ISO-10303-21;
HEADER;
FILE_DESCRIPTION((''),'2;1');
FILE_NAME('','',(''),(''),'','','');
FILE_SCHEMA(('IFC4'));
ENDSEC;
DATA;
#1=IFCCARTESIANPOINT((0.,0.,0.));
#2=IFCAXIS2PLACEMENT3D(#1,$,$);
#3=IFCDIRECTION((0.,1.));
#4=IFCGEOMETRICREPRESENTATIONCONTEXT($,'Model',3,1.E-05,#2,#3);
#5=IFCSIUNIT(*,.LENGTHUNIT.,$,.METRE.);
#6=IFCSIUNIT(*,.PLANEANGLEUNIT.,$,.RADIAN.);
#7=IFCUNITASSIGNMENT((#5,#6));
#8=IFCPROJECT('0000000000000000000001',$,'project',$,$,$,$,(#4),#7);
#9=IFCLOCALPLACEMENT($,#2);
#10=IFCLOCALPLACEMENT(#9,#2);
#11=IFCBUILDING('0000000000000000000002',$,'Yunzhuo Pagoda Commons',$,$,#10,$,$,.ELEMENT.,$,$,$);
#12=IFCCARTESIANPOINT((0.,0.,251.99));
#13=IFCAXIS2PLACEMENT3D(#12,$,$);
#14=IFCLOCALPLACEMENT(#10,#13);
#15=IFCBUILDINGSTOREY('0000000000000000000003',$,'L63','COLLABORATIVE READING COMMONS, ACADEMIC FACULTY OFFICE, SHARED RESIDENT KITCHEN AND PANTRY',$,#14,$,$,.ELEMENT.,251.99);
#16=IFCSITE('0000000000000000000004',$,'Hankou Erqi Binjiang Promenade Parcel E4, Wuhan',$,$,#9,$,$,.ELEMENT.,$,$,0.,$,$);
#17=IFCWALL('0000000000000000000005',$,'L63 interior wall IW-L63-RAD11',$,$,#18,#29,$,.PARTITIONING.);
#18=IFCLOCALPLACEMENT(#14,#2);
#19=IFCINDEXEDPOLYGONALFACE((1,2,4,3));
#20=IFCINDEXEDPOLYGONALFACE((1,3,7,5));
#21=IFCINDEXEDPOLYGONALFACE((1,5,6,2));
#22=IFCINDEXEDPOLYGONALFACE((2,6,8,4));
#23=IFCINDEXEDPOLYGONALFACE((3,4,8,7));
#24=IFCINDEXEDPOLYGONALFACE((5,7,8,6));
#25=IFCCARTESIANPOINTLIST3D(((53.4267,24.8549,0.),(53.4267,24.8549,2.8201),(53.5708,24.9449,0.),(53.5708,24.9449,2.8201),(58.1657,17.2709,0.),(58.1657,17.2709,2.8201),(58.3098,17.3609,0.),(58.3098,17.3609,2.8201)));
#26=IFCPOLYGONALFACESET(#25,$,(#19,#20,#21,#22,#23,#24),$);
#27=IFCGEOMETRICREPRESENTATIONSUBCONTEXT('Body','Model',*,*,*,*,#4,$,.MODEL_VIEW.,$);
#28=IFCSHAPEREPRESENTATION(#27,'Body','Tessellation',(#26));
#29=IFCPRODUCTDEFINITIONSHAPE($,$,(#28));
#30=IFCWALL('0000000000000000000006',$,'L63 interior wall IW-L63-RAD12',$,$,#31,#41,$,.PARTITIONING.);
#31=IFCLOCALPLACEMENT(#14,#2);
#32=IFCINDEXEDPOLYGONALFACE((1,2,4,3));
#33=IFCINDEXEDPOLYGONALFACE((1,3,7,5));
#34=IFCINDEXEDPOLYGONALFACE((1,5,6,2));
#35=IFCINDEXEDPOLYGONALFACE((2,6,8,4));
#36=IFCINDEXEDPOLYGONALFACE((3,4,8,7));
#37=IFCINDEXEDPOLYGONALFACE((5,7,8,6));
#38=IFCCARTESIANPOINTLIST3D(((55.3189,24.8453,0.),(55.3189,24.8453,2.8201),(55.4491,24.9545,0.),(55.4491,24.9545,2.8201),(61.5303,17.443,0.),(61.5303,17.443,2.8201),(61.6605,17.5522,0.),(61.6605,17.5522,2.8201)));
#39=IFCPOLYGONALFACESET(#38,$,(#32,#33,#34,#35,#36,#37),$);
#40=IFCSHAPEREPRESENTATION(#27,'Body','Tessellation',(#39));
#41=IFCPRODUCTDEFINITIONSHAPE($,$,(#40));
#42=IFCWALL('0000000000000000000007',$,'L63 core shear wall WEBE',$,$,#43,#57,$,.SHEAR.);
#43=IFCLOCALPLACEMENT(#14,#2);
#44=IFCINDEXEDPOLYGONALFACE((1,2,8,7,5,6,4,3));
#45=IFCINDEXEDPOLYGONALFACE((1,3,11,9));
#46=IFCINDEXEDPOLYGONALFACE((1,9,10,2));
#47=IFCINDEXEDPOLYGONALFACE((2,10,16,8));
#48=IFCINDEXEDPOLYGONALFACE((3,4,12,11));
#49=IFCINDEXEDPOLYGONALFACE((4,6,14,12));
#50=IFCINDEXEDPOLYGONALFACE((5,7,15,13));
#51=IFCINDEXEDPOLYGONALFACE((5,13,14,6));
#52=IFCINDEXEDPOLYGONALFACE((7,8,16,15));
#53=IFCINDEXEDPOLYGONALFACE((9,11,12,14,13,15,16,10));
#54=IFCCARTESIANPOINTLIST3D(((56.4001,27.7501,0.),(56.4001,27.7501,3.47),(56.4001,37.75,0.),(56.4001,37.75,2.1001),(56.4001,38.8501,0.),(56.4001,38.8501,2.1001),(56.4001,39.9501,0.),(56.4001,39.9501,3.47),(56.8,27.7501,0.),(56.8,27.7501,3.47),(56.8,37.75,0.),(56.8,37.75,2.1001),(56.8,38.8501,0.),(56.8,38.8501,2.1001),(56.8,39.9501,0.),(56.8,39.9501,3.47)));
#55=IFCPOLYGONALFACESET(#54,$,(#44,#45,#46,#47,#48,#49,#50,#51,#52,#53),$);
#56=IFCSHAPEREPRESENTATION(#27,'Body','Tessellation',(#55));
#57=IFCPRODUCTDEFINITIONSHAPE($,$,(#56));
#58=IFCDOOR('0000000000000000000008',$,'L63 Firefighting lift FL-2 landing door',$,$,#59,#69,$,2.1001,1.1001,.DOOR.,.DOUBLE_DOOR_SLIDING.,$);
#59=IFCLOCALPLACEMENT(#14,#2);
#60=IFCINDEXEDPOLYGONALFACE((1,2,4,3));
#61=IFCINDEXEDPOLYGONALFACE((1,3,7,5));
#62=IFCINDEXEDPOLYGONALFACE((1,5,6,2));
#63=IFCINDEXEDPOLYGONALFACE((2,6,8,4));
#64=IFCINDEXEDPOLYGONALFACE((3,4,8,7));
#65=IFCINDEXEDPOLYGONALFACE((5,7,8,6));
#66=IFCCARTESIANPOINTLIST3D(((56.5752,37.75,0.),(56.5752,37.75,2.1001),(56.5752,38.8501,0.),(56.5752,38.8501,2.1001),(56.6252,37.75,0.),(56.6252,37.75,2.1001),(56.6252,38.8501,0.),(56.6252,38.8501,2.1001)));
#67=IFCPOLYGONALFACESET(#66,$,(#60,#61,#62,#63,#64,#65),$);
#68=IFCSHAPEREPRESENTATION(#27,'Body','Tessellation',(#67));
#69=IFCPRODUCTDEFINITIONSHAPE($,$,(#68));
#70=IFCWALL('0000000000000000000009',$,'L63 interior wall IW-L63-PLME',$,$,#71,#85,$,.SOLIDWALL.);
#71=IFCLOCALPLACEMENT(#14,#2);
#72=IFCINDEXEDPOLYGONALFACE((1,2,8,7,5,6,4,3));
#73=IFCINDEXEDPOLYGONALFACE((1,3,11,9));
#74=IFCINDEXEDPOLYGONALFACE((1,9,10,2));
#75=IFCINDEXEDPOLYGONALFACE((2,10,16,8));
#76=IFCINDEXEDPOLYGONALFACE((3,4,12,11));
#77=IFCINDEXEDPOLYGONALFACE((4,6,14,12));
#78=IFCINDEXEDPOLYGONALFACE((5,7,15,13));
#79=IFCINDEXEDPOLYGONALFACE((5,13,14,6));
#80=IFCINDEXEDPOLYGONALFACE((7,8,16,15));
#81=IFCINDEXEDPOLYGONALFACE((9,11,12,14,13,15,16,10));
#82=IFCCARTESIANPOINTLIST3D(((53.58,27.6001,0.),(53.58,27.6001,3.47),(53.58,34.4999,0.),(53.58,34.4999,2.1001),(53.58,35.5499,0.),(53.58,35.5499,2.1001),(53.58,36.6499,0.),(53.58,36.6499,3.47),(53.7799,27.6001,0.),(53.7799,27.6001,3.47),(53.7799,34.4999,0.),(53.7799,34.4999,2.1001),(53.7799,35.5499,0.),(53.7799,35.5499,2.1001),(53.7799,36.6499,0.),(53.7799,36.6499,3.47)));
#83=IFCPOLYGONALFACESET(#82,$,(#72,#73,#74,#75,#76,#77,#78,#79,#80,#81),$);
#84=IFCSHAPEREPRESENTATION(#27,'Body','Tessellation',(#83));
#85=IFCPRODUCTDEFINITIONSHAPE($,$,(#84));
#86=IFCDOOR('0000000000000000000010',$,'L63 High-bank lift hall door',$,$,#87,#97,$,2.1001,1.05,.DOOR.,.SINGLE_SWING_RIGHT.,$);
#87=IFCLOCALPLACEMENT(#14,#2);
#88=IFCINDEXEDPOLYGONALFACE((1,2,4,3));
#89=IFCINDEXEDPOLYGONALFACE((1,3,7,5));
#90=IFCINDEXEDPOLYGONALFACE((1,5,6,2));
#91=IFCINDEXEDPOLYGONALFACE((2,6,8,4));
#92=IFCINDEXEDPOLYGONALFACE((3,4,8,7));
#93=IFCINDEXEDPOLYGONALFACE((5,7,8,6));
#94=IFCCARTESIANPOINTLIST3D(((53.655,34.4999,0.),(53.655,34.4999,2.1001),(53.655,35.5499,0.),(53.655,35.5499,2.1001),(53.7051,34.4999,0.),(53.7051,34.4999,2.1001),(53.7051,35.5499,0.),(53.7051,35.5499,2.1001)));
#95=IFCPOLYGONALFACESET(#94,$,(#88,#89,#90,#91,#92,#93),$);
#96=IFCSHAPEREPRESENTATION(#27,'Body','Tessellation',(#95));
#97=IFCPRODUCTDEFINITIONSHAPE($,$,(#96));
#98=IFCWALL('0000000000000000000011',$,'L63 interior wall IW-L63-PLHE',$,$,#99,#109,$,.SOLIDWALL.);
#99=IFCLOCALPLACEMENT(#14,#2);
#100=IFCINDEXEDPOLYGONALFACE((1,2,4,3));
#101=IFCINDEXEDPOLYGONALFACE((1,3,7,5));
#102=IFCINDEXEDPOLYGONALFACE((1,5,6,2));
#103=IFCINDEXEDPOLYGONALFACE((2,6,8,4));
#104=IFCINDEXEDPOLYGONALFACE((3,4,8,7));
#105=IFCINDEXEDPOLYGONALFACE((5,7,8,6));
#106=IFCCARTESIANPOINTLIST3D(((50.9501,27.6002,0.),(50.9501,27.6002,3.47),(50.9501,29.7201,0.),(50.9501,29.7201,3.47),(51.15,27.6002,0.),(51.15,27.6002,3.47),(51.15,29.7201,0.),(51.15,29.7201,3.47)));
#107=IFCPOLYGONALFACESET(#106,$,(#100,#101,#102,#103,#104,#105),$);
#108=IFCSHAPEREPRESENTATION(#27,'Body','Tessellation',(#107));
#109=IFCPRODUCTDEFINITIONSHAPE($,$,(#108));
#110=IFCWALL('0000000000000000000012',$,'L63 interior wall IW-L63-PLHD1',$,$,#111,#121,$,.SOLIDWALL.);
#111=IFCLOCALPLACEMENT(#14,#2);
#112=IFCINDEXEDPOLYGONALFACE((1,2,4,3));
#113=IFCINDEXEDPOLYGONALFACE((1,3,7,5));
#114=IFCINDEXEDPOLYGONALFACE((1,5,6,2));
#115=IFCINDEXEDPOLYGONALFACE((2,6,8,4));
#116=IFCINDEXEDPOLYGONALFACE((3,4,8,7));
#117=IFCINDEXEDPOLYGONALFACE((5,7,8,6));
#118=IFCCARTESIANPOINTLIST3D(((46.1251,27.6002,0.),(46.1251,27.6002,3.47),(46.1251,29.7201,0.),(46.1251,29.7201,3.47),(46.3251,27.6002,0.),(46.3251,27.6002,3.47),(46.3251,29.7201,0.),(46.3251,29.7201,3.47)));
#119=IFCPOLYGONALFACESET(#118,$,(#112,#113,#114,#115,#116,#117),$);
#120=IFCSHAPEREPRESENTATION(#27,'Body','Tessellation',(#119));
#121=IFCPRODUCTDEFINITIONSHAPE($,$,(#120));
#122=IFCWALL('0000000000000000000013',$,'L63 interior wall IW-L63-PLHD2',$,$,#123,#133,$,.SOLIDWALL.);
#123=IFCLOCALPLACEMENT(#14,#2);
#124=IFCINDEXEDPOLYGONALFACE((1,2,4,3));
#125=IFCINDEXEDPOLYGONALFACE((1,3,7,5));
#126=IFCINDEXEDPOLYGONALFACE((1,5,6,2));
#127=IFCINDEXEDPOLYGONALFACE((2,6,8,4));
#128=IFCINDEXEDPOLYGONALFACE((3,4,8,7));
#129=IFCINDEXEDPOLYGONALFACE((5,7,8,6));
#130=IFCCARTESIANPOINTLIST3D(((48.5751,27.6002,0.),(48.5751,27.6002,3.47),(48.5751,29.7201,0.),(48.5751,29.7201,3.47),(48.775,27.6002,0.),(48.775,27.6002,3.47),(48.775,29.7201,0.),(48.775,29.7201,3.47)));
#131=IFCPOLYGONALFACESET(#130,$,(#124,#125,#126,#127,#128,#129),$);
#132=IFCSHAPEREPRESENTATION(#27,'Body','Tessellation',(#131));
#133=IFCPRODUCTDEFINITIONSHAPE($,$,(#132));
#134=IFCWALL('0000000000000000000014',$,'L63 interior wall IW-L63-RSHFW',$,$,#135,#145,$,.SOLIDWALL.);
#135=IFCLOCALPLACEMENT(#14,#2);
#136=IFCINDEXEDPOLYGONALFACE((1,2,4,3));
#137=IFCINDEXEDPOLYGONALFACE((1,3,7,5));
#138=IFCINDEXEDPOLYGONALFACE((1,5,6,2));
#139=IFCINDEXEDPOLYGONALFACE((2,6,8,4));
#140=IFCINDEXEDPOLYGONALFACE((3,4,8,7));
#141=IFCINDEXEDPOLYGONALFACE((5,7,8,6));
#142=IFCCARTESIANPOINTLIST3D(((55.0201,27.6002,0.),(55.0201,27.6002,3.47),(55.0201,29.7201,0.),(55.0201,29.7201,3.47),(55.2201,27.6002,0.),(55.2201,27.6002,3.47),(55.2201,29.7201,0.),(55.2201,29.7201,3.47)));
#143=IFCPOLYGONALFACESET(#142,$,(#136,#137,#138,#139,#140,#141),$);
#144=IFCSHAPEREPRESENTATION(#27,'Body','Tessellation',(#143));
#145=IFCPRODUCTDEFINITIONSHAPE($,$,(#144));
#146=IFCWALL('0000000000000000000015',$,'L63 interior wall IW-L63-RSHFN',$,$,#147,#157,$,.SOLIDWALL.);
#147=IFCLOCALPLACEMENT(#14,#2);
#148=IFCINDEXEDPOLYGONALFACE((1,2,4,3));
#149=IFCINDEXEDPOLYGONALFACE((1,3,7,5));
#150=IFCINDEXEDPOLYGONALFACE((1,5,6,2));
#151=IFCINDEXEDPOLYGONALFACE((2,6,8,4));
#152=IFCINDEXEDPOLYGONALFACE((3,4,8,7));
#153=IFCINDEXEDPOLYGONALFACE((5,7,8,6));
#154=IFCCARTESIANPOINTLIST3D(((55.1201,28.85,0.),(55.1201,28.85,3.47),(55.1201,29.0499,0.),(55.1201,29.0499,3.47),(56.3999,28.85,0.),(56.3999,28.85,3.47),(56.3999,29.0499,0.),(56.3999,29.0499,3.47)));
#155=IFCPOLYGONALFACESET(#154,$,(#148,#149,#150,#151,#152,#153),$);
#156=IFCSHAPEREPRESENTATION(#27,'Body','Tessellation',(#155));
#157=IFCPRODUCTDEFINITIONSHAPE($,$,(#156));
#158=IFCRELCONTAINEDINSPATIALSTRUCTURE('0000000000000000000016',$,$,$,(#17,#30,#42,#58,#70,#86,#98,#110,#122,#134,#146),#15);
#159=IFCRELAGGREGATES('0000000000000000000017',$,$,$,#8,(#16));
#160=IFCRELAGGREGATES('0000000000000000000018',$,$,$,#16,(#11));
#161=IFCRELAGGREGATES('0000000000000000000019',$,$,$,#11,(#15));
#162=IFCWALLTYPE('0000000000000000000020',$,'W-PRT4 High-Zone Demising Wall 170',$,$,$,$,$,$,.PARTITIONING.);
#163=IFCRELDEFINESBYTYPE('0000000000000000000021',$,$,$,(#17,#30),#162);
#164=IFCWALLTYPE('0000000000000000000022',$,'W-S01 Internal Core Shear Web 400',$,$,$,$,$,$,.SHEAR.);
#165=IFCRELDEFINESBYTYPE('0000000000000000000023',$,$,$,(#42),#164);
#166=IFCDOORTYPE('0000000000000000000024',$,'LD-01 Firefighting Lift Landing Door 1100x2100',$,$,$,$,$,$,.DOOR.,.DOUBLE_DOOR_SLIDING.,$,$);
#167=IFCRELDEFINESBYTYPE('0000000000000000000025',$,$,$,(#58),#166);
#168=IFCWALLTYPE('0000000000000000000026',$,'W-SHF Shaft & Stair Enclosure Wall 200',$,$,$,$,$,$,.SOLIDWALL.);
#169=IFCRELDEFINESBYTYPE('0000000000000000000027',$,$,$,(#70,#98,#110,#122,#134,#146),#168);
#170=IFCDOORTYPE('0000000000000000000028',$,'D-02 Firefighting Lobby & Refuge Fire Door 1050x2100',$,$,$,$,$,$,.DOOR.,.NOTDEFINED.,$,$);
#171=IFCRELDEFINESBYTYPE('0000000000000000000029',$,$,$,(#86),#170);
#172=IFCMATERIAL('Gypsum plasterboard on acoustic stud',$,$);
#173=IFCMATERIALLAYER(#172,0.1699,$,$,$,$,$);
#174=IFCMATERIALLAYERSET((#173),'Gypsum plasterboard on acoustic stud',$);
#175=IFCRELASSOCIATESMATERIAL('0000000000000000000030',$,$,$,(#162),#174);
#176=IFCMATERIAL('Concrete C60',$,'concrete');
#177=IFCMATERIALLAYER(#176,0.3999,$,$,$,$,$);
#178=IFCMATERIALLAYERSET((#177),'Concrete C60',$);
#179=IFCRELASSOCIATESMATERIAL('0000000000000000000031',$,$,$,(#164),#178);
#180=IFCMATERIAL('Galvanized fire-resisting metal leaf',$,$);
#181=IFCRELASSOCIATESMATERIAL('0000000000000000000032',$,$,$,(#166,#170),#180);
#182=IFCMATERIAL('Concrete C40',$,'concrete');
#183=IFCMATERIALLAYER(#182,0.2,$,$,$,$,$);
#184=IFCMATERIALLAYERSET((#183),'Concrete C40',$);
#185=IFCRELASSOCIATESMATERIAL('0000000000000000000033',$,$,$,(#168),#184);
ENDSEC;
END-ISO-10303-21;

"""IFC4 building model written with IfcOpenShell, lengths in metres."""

from ifc_helpers import new_model, si_unit, direction, frame, frame_2d, origin, origin_with_axes, place, context, subcontext, project, spatial, rectangle, extrude, source, transform, mapped, material, layer, layer_set, type_object, element, fill, save


model = new_model("IFC4")

# Units and contexts
model_context = context("Model", 3, precision=1e-05, world=origin(), true_north=direction((0.0, 1.0)))
body_context = subcontext(model_context, "Body", "Model", "MODEL_VIEW")
ifc_project = project(units=[si_unit("LENGTHUNIT", "METRE"), si_unit("PLANEANGLEUNIT", "RADIAN")], contexts=[model_context])

# Site, building, storey
site_placement = place(None, origin())
site = spatial("IfcSite", under=ifc_project, at=site_placement, Name="Hankou Erqi Binjiang Promenade Parcel E4, Wuhan", CompositionType="ELEMENT", RefElevation=0.0)
building_placement = place(site_placement, origin())
building = spatial("IfcBuilding", under=site, at=building_placement, Name="Yunzhuo Pagoda Commons", CompositionType="ELEMENT")
storey_placement = place(building_placement, frame((0.0, 0.0, 251.99)))
storey = spatial("IfcBuildingStorey", under=building, at=storey_placement, Name="L63", Description="COLLABORATIVE READING COMMONS, ACADEMIC FACULTY OFFICE, SHARED RESIDENT KITCHEN AND PANTRY", CompositionType="ELEMENT", Elevation=251.99)

# Shared definitions
ifc_material_1 = material(Name="Gypsum plasterboard on acoustic stud")
ifc_material_2 = material(Name="Galvanized fire-resisting metal leaf")

# Walls
ifc_layer_1 = layer(ifc_material_1, 0.1699)
ifc_layer_set_1 = layer_set([ifc_layer_1], Name="Gypsum plasterboard on acoustic stud")
wall_type_1 = type_object("IfcWallType", Name="W-PRT4 High-Zone Demising Wall 170", PredefinedType="PARTITIONING", material=ifc_layer_set_1)
wall_1_placement = place(storey_placement, frame((53.4988, 24.8999, 0.0), z_axis=(0.0, 0.0, 1.0), x_axis=(0.52992, -0.848047, 0.0)))
element("IfcWall", 1, at=wall_1_placement, inside=storey, type_object=wall_type_1, Name="L63 interior wall IW-L63-RAD11", PredefinedType="PARTITIONING", context=body_context, shape_type="SweptSolid", body=[
    extrude(rectangle(XDim=8.9429, YDim=0.1699, at=frame_2d((4.4714, 0.0))), origin(), (0.0, 0.0, 1.0), 2.8201),
])
wall_2_placement = place(storey_placement, frame((55.384, 24.8999, 0.0), z_axis=(0.0, 0.0, 1.0), x_axis=(0.642795, -0.766038, 0.0)))
element("IfcWall", 2, at=wall_2_placement, inside=storey, type_object=wall_type_1, Name="L63 interior wall IW-L63-RAD12", PredefinedType="PARTITIONING", context=body_context, shape_type="SweptSolid", body=[
    extrude(rectangle(XDim=9.6631, YDim=0.1699, at=frame_2d((4.8315, 0.0))), origin(), (0.0, 0.0, 1.0), 2.8201),
])

# Walls, openings, doors
ifc_material_3 = material(Name="Concrete C60", Category="concrete")
ifc_layer_2 = layer(ifc_material_3, 0.3999)
ifc_layer_set_2 = layer_set([ifc_layer_2], Name="Concrete C60")
wall_type_2 = type_object("IfcWallType", Name="W-S01 Internal Core Shear Web 400", PredefinedType="SHEAR", material=ifc_layer_set_2)
wall_3_placement = place(storey_placement, frame((56.6001, 27.75, 0.0), z_axis=(0.0, 0.0, 1.0), x_axis=(0.0, 1.0, 0.0)))
wall_3 = element("IfcWall", 3, at=wall_3_placement, inside=storey, type_object=wall_type_2, Name="L63 core shear wall WEBE", PredefinedType="SHEAR", context=body_context, shape_type="SweptSolid", body=[
    extrude(rectangle(XDim=12.2, YDim=0.3999, at=frame_2d((6.1001, 0.0))), origin(), (0.0, 0.0, 1.0), 3.47),
])
opening_1_placement = place(wall_3_placement, frame((10.0, 0.0, 0.0)))
opening_1 = element("IfcOpeningElement", 4, at=opening_1_placement, cuts=wall_3, PredefinedType="OPENING", context=body_context, shape_type="SweptSolid", body=[
    extrude(rectangle(XDim=1.1001, YDim=2.1001, at=frame_2d((0.55, 1.05))), frame((0.0, 0.21, 0.0), z_axis=(0.0, -1.0, 0.0), x_axis=(1.0, 0.0, 0.0)), (0.0, 0.0, 1.0), 0.4199),
])
door_type_1 = type_object("IfcDoorType", Name="LD-01 Firefighting Lift Landing Door 1100x2100", OperationType="DOUBLE_DOOR_SLIDING", PredefinedType="DOOR", material=ifc_material_2)
shared_shape_1 = source(origin(), body_context, "Body", "SweptSolid", [
    extrude(rectangle(XDim=1.1001, YDim=2.1001, at=frame_2d((0.55, 1.05))), frame((0.0, 0.0249, 0.0), z_axis=(0.0, -1.0, 0.0), x_axis=(1.0, 0.0, 0.0)), (0.0, 0.0, 1.0), 0.05),
])
door_1_placement = place(opening_1_placement, origin_with_axes())
door_1 = element("IfcDoor", 5, at=door_1_placement, inside=storey, type_object=door_type_1, Name="L63 Firefighting lift FL-2 landing door", OperationType="DOUBLE_DOOR_SLIDING", OverallHeight=2.1001, OverallWidth=1.1001, PredefinedType="DOOR", context=body_context, shape_type="MappedRepresentation", body=[
    mapped(shared_shape_1, transform((0.0, 0.0, 0.0), scale=1.0)),
])
fill(opening_1, door_1)
ifc_material_4 = material(Name="Concrete C40", Category="concrete")
ifc_layer_3 = layer(ifc_material_4, 0.2)
ifc_layer_set_3 = layer_set([ifc_layer_3], Name="Concrete C40")
wall_type_3 = type_object("IfcWallType", Name="W-SHF Shaft & Stair Enclosure Wall 200", PredefinedType="SOLIDWALL", material=ifc_layer_set_3)
wall_4_placement = place(storey_placement, frame((53.6799, 27.6001, 0.0), z_axis=(0.0, 0.0, 1.0), x_axis=(0.0, 1.0, 0.0)))
wall_4 = element("IfcWall", 6, at=wall_4_placement, inside=storey, type_object=wall_type_3, Name="L63 interior wall IW-L63-PLME", PredefinedType="SOLIDWALL", context=body_context, shape_type="SweptSolid", body=[
    extrude(rectangle(XDim=9.0498, YDim=0.2, at=frame_2d((4.5249, 0.0))), origin(), (0.0, 0.0, 1.0), 3.47),
])
opening_2_placement = place(wall_4_placement, frame((6.8999, 0.0, 0.0)))
opening_2 = element("IfcOpeningElement", 7, at=opening_2_placement, cuts=wall_4, PredefinedType="OPENING", context=body_context, shape_type="SweptSolid", body=[
    extrude(rectangle(XDim=1.05, YDim=2.1001, at=frame_2d((0.5249, 1.05))), frame((0.0, 0.1099, 0.0), z_axis=(0.0, -1.0, 0.0), x_axis=(1.0, 0.0, 0.0)), (0.0, 0.0, 1.0), 0.22),
])
door_type_2 = type_object("IfcDoorType", Name="D-02 Firefighting Lobby & Refuge Fire Door 1050x2100", OperationType="NOTDEFINED", PredefinedType="DOOR", material=ifc_material_2)
shared_shape_2 = source(origin(), body_context, "Body", "SweptSolid", [
    extrude(rectangle(XDim=1.05, YDim=2.1001, at=frame_2d((0.5249, 1.05))), frame((0.0, 0.0249, 0.0), z_axis=(0.0, -1.0, 0.0), x_axis=(1.0, 0.0, 0.0)), (0.0, 0.0, 1.0), 0.05),
])
door_2_placement = place(opening_2_placement, origin_with_axes())
door_2 = element("IfcDoor", 8, at=door_2_placement, inside=storey, type_object=door_type_2, Name="L63 High-bank lift hall door", OperationType="SINGLE_SWING_RIGHT", OverallHeight=2.1001, OverallWidth=1.05, PredefinedType="DOOR", context=body_context, shape_type="MappedRepresentation", body=[
    mapped(shared_shape_2, transform((0.0, 0.0, 0.0), scale=1.0)),
])
fill(opening_2, door_2)

# Walls
for number, where, z_axis, x_axis, name in (
    (9, (51.05, 27.6001, 0.0), (0.0, 0.0, 1.0), (0.0, 1.0, 0.0), "L63 interior wall IW-L63-PLHE"),
    (10, (46.2251, 27.6001, 0.0), (0.0, 0.0, 1.0), (0.0, 1.0, 0.0), "L63 interior wall IW-L63-PLHD1"),
    (11, (48.675, 27.6001, 0.0), (0.0, 0.0, 1.0), (0.0, 1.0, 0.0), "L63 interior wall IW-L63-PLHD2"),
    (12, (55.1201, 27.6001, 0.0), (0.0, 0.0, 1.0), (0.0, 1.0, 0.0), "L63 interior wall IW-L63-RSHFW"),
):
    element("IfcWall", number, at=place(storey_placement, frame(where, z_axis=z_axis, x_axis=x_axis)), inside=storey, type_object=wall_type_3, Name=name, PredefinedType="SOLIDWALL", context=body_context, shape_type="SweptSolid", body=[
        extrude(rectangle(XDim=2.1199, YDim=0.2, at=frame_2d((1.0601, 0.0))), origin(), (0.0, 0.0, 1.0), 3.47),
    ])
wall_5_placement = place(storey_placement, frame((55.1201, 28.95, 0.0), z_axis=(0.0, 0.0, 1.0), x_axis=(1.0, 0.0, 0.0)))
element("IfcWall", 13, at=wall_5_placement, inside=storey, type_object=wall_type_3, Name="L63 interior wall IW-L63-RSHFN", PredefinedType="SOLIDWALL", context=body_context, shape_type="SweptSolid", body=[
    extrude(rectangle(XDim=1.2798, YDim=0.2, at=frame_2d((0.6399, 0.0))), origin(), (0.0, 0.0, 1.0), 3.47),
])

save(model, "model.ifc")
